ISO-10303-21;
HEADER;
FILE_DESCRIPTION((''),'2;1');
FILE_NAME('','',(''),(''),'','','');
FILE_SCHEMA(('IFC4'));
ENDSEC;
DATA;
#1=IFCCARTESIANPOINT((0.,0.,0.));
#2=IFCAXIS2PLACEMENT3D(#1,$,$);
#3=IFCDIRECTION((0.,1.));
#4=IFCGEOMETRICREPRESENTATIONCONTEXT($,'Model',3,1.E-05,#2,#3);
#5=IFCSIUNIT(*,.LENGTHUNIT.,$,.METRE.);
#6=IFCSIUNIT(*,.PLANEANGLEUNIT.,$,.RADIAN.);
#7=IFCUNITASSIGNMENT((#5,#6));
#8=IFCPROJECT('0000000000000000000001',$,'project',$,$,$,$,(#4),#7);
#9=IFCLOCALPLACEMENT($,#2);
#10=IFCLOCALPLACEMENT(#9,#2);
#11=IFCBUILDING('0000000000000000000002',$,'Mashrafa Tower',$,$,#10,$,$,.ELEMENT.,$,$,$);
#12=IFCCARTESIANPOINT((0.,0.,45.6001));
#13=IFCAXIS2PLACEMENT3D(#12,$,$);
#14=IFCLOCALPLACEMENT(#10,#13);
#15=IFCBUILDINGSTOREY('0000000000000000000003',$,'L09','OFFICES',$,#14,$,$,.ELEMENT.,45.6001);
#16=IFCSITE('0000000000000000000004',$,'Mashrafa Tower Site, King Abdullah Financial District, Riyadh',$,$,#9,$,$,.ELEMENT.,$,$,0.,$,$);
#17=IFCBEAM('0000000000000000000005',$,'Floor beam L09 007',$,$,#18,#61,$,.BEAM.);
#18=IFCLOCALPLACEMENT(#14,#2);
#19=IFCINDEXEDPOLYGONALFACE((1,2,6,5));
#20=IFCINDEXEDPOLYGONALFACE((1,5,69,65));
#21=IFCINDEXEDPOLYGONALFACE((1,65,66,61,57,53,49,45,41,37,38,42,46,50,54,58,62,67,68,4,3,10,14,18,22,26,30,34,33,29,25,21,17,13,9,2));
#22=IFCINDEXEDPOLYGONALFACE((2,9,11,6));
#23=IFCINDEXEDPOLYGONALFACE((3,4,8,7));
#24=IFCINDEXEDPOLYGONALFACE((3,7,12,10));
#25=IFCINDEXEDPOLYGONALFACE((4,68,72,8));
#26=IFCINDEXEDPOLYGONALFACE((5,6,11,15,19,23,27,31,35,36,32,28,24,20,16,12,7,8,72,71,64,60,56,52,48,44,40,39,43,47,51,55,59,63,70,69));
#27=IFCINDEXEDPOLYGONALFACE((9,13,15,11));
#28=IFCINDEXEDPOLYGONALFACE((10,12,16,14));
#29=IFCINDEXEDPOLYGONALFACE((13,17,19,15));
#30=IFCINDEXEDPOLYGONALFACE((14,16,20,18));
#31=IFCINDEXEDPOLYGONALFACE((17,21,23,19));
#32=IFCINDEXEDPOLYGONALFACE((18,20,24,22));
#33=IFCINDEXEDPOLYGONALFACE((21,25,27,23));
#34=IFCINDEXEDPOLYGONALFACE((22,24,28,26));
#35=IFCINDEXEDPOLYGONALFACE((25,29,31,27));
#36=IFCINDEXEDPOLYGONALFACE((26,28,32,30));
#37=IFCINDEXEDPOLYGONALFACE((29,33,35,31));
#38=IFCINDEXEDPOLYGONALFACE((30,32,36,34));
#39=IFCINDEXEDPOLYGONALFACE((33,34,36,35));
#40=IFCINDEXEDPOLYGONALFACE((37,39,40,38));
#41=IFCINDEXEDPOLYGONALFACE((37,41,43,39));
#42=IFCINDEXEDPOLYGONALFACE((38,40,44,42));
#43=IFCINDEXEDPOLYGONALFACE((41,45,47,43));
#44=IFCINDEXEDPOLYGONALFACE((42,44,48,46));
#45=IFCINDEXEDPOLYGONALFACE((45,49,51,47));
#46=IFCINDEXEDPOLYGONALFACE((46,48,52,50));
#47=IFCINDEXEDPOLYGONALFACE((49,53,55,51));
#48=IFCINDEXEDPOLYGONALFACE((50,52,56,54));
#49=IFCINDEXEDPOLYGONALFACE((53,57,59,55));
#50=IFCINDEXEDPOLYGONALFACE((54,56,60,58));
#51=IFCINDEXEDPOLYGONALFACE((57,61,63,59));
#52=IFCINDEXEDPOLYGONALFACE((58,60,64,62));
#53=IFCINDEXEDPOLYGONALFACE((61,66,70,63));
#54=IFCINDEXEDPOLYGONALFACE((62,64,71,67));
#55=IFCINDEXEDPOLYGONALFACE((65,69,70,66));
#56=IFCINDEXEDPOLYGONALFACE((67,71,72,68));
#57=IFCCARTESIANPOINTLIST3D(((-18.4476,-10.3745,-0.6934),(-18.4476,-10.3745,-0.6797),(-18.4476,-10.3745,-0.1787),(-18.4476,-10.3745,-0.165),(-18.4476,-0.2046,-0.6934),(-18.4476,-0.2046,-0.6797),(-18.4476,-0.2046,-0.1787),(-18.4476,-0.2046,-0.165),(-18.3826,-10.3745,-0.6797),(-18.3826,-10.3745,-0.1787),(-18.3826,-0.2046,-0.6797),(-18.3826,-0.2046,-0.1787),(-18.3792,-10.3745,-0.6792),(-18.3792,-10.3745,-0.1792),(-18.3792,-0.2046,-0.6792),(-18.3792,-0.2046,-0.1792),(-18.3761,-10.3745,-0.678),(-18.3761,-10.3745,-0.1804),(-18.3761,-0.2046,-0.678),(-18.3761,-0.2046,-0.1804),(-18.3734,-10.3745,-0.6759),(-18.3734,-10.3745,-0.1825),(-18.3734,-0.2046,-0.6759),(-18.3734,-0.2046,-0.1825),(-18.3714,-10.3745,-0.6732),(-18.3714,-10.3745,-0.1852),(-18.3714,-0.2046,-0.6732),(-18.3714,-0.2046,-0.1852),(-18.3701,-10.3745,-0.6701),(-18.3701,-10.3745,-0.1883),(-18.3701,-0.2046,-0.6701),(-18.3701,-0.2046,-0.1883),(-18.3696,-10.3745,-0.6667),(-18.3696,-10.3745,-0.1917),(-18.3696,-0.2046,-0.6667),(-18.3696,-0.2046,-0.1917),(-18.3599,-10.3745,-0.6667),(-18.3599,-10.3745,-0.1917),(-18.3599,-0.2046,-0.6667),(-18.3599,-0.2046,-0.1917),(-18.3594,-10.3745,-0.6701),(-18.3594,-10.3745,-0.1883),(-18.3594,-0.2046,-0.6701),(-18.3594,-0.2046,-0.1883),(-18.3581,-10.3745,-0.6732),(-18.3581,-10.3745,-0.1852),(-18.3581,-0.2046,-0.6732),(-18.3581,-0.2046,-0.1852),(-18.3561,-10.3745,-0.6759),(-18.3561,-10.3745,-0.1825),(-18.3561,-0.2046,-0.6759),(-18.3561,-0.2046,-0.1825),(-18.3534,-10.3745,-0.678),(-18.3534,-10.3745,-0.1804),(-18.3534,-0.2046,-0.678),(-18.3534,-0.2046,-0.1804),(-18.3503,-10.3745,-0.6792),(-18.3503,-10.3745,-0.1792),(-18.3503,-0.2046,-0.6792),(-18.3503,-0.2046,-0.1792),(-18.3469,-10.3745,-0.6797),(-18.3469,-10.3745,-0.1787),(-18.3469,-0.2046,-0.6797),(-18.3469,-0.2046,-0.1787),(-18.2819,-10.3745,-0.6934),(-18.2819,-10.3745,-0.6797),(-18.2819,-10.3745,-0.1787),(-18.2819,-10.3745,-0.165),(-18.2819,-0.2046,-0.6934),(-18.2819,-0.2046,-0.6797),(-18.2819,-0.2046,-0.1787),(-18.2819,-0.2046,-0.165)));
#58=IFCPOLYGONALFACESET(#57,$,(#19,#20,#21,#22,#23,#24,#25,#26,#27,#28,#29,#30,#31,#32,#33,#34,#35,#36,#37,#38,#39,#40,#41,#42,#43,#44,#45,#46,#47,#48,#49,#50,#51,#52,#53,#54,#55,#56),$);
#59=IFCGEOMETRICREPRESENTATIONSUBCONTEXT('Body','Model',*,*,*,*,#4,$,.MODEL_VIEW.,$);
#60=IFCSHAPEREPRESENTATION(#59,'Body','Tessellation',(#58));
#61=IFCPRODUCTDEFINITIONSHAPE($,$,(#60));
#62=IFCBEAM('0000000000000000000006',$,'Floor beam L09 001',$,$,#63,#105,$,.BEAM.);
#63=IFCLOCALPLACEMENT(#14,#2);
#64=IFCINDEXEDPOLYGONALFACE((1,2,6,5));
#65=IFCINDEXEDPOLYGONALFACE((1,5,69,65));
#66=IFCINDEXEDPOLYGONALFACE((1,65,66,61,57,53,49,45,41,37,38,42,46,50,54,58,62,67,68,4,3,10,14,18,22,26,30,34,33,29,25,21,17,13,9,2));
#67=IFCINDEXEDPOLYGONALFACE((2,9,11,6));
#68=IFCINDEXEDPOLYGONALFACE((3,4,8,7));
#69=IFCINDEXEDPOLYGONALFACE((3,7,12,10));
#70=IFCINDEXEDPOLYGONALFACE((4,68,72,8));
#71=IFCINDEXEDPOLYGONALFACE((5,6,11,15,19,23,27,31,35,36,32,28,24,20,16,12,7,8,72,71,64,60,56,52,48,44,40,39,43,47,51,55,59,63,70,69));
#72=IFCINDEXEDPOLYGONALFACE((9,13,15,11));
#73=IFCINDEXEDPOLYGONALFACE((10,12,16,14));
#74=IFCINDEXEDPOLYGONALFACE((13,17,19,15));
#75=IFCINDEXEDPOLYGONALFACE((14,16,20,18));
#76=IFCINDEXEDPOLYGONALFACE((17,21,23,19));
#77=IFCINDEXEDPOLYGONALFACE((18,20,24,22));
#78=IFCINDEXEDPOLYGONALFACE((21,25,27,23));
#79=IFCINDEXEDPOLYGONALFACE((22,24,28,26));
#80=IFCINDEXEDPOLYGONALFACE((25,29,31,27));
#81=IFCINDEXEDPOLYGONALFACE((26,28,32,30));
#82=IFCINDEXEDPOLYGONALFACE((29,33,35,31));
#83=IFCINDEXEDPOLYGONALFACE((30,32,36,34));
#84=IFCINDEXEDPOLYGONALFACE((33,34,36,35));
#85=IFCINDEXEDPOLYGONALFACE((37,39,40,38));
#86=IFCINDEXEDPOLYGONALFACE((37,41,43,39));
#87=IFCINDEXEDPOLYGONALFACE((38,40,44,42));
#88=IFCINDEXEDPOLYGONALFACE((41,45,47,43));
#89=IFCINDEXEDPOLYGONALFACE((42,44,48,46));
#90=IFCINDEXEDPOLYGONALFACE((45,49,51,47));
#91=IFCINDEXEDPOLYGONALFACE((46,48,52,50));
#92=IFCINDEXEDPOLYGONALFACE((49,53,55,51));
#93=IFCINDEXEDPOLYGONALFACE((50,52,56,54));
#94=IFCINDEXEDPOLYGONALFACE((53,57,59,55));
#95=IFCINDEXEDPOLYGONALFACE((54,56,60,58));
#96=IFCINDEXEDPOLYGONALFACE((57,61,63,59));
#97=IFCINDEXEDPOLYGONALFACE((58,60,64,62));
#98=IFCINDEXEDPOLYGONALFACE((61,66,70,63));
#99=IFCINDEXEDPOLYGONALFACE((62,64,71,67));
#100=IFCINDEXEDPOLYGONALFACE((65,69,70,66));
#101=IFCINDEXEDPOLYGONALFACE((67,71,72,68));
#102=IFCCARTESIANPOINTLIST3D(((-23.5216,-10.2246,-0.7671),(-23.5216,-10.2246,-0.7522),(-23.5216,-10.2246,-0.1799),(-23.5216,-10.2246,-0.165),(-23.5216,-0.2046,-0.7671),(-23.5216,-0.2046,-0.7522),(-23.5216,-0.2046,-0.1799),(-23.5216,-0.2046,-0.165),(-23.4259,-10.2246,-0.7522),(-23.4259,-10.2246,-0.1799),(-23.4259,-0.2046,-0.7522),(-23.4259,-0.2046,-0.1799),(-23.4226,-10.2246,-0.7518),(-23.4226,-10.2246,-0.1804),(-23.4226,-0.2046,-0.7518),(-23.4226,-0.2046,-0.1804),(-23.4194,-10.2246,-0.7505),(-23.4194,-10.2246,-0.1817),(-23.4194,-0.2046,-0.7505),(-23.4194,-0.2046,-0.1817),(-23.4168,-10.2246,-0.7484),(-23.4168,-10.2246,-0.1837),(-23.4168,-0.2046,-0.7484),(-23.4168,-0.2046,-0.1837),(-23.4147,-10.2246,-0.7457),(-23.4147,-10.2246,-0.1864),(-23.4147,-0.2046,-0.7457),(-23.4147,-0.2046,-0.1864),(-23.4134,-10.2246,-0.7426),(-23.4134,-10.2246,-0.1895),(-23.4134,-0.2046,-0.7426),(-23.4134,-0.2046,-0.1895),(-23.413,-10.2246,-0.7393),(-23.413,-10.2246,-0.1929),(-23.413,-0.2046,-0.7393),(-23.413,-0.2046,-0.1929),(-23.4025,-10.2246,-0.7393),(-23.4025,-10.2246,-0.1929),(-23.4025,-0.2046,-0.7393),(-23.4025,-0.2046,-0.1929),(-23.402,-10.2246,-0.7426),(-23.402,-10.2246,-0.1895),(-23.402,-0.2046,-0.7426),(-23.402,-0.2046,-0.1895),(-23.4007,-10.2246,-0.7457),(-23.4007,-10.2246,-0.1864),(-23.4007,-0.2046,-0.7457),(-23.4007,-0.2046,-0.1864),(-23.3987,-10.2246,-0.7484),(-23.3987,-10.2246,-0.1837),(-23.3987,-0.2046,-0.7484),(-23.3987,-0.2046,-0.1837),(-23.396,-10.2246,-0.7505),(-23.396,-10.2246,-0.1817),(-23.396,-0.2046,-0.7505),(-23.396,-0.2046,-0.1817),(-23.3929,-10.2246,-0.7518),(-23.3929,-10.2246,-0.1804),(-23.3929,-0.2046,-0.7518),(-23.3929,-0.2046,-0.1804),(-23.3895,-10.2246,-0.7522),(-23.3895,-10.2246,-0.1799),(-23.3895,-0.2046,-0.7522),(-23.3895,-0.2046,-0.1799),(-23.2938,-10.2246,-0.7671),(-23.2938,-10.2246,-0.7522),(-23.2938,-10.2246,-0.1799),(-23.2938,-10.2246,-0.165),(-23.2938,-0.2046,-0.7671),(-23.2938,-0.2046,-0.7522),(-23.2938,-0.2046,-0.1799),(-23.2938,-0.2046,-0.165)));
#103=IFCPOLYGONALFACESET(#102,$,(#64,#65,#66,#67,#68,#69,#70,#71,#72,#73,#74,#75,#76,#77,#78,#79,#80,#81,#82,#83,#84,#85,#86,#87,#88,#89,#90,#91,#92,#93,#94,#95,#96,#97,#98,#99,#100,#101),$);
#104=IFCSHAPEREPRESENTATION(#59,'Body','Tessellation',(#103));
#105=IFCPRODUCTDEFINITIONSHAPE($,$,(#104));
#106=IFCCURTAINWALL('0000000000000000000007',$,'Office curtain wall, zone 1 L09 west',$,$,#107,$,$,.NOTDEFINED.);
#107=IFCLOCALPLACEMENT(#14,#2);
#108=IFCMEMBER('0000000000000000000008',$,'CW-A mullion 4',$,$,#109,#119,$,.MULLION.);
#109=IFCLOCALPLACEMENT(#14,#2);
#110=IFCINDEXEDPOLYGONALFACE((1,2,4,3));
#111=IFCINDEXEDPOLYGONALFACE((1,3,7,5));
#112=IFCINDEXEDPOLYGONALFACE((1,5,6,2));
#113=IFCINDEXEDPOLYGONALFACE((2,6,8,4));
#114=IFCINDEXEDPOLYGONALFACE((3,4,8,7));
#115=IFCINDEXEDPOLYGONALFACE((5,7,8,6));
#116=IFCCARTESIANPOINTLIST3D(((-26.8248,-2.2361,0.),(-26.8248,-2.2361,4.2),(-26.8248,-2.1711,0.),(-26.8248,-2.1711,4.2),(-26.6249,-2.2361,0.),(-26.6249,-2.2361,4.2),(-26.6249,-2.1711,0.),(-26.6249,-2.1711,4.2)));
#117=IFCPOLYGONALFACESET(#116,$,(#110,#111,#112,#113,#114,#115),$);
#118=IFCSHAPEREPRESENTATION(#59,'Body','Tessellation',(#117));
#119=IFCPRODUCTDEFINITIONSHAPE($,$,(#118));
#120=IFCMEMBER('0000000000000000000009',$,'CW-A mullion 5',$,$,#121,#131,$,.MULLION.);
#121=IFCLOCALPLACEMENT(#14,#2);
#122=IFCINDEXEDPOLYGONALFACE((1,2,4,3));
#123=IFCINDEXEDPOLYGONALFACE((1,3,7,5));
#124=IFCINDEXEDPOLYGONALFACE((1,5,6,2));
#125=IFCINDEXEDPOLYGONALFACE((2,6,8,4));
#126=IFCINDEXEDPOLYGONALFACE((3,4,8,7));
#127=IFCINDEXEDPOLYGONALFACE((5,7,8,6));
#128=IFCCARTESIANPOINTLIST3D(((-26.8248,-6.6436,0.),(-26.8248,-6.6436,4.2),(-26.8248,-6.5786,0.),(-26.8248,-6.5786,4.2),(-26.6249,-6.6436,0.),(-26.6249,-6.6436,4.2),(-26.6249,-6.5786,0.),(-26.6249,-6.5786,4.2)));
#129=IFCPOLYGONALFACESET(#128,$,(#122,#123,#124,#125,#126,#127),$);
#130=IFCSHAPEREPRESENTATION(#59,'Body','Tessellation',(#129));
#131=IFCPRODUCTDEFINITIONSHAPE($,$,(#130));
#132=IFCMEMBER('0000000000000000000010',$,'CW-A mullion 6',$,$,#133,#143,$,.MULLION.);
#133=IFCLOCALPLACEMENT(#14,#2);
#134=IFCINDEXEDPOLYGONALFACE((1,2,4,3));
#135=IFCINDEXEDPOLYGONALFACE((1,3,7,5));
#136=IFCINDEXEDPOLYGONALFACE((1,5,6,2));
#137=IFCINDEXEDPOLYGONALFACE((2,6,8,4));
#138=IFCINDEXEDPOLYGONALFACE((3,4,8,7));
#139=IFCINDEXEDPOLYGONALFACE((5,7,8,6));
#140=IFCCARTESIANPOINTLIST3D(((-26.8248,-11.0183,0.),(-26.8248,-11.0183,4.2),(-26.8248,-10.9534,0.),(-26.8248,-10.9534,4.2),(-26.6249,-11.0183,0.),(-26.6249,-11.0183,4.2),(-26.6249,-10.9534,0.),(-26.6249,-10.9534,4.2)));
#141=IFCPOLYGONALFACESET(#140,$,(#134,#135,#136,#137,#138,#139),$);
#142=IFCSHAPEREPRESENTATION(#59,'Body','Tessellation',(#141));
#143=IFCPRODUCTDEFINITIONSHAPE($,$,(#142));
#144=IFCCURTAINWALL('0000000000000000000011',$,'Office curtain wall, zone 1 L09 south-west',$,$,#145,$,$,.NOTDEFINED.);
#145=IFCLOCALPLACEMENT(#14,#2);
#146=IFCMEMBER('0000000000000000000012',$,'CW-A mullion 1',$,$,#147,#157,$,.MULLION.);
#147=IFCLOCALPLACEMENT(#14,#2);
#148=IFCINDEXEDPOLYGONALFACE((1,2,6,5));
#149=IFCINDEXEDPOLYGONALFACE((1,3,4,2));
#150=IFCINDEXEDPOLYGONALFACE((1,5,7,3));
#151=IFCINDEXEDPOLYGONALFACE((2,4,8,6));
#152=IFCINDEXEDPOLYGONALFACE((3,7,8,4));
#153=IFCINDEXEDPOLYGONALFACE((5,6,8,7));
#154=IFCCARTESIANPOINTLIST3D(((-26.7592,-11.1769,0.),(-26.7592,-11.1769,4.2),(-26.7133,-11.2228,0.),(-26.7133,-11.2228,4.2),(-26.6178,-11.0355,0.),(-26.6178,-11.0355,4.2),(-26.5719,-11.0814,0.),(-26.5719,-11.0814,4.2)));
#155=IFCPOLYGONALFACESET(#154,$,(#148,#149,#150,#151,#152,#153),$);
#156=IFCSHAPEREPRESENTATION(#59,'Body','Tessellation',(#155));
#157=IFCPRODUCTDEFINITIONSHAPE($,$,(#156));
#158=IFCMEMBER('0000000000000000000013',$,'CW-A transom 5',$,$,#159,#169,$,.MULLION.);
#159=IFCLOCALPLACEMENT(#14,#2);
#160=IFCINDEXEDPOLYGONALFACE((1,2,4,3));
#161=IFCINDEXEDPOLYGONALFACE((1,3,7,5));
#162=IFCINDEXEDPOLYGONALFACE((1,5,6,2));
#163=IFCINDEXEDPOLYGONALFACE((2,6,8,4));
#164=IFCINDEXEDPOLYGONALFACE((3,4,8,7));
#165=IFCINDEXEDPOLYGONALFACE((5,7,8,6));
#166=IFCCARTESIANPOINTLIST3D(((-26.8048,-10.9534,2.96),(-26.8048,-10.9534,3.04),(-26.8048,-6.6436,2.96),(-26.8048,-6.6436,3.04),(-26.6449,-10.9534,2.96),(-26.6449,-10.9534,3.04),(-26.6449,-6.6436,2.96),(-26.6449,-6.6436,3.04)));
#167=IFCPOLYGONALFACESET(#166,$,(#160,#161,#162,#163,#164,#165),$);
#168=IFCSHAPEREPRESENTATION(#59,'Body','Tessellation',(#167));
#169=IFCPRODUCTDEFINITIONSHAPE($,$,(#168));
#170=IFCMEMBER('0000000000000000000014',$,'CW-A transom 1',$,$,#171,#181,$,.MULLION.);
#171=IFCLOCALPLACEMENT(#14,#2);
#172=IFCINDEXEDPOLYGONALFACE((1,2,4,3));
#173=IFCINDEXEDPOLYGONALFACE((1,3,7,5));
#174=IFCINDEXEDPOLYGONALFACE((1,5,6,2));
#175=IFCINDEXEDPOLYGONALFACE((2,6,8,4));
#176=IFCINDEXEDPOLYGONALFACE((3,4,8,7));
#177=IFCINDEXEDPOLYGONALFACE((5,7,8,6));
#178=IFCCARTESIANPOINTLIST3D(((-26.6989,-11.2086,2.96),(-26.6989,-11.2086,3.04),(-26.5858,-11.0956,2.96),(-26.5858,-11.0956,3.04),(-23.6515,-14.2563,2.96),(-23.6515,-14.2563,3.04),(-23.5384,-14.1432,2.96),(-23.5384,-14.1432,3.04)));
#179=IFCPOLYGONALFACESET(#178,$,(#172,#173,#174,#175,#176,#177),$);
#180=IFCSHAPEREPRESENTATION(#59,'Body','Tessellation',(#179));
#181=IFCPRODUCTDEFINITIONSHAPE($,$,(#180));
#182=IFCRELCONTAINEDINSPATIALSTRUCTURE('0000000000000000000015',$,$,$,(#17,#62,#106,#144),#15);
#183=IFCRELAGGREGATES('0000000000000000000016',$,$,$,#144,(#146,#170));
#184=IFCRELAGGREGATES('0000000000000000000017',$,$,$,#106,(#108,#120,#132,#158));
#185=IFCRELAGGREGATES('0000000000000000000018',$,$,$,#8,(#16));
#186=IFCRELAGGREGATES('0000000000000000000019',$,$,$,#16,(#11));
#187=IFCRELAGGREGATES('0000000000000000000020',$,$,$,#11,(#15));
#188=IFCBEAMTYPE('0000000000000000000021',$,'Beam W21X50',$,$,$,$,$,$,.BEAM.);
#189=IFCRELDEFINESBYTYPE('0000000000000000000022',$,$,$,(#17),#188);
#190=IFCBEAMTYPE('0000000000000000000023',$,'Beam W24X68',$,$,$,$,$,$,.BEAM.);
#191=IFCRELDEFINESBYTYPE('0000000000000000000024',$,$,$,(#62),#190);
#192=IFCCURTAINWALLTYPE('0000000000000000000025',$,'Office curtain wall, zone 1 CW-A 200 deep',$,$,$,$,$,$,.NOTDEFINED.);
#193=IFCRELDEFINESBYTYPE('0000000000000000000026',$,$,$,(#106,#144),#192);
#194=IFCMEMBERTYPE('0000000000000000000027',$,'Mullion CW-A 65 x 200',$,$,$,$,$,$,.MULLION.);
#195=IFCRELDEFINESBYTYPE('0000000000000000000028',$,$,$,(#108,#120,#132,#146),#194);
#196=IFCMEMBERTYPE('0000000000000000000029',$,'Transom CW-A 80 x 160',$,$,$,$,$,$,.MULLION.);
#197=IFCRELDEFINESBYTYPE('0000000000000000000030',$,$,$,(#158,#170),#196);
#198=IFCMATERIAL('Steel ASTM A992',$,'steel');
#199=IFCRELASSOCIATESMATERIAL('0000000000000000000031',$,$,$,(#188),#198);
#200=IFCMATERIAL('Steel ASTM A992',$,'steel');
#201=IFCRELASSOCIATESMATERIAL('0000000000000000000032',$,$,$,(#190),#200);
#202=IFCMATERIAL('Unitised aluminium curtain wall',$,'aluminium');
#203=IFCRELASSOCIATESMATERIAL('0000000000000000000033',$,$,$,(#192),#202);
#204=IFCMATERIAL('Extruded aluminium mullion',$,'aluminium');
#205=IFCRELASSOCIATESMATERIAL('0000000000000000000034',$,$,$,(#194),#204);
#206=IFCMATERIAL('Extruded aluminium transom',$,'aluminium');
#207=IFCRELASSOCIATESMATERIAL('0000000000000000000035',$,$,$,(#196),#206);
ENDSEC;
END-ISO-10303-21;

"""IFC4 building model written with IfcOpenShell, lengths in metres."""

from ifc_helpers import new_model, si_unit, direction, frame, origin, origin_2d, place, context, subcontext, project, spatial, rectangle, i_section, extrude, source, transform, mapped, material, material_profile, profile_set, type_object, type_shapes, element, aggregate, save


model = new_model("IFC4")

# Units and contexts
model_context = context("Model", 3, precision=1e-05, world=origin(), true_north=direction((0.0, 1.0)))
body_context = subcontext(model_context, "Body", "Model", "MODEL_VIEW")
ifc_project = project(units=[si_unit("LENGTHUNIT", "METRE"), si_unit("PLANEANGLEUNIT", "RADIAN")], contexts=[model_context])

# Site, building, storey
site_placement = place(None, origin())
site = spatial("IfcSite", under=ifc_project, at=site_placement, Name="Mashrafa Tower Site, King Abdullah Financial District, Riyadh", CompositionType="ELEMENT", RefElevation=0.0)
building_placement = place(site_placement, origin())
building = spatial("IfcBuilding", under=site, at=building_placement, Name="Mashrafa Tower", CompositionType="ELEMENT")
storey_placement = place(building_placement, frame((0.0, 0.0, 45.6001)))
storey = spatial("IfcBuildingStorey", under=building, at=storey_placement, Name="L09", Description="OFFICES", CompositionType="ELEMENT", Elevation=45.6001)

# Beams
ifc_material_1 = material(Name="Steel ASTM A992", Category="steel")
ifc_material_profile_1 = material_profile(ifc_material_1, i_section(OverallWidth=0.1658, OverallDepth=0.5283, WebThickness=0.0098, FlangeThickness=0.0137, FilletRadius=0.0129, at=origin_2d()), Name="W21X50")
ifc_profile_set_1 = profile_set([ifc_material_profile_1], Name="Steel ASTM A992")
beam_type_1 = type_object("IfcBeamType", Name="Beam W21X50", PredefinedType="BEAM", material=ifc_profile_set_1)
beam_1_placement = place(storey_placement, frame((-18.3647, -10.3745, -0.4292), z_axis=(0.0, 1.0, 0.0), x_axis=(-1.0, 0.0, 0.0)))
element("IfcBeam", 1, at=beam_1_placement, inside=storey, type_object=beam_type_1, Name="Floor beam L09 007", PredefinedType="BEAM", context=body_context, shape_type="SweptSolid", body=[
    extrude(i_section(OverallWidth=0.1658, OverallDepth=0.5283, WebThickness=0.0098, FlangeThickness=0.0137, FilletRadius=0.0129, at=origin_2d()), origin(), (0.0, 0.0, 1.0), 10.1699),
])
ifc_material_2 = material(Name="Steel ASTM A992", Category="steel")
ifc_material_profile_2 = material_profile(ifc_material_2, i_section(OverallWidth=0.2278, OverallDepth=0.6021, WebThickness=0.0105, FlangeThickness=0.0149, FilletRadius=0.0129, at=origin_2d()), Name="W24X68")
ifc_profile_set_2 = profile_set([ifc_material_profile_2], Name="Steel ASTM A992")
beam_type_2 = type_object("IfcBeamType", Name="Beam W24X68", PredefinedType="BEAM", material=ifc_profile_set_2)
beam_2_placement = place(storey_placement, frame((-23.4077, -10.2246, -0.4661), z_axis=(0.0, 1.0, 0.0), x_axis=(-1.0, 0.0, 0.0)))
element("IfcBeam", 2, at=beam_2_placement, inside=storey, type_object=beam_type_2, Name="Floor beam L09 001", PredefinedType="BEAM", context=body_context, shape_type="SweptSolid", body=[
    extrude(i_section(OverallWidth=0.2278, OverallDepth=0.6021, WebThickness=0.0105, FlangeThickness=0.0149, FilletRadius=0.0129, at=origin_2d()), origin(), (0.0, 0.0, 1.0), 10.02),
])

# Curtain wall, members
ifc_material_3 = material(Name="Unitised aluminium curtain wall", Category="aluminium")
curtain_wall_type = type_object("IfcCurtainWallType", Name="Office curtain wall, zone 1 CW-A 200 deep", PredefinedType="NOTDEFINED", material=ifc_material_3)
curtain_wall_1_placement = place(storey_placement, origin())
curtain_wall_1 = element("IfcCurtainWall", 3, at=curtain_wall_1_placement, inside=storey, type_object=curtain_wall_type, Name="Office curtain wall, zone 1 L09 west", PredefinedType="NOTDEFINED")
ifc_material_4 = material(Name="Extruded aluminium mullion", Category="aluminium")
ifc_material_profile_3 = material_profile(ifc_material_4, rectangle(XDim=0.2, YDim=0.0649, at=origin_2d()), Name="Mullion 65x200")
ifc_profile_set_3 = profile_set([ifc_material_profile_3], Name="Extruded aluminium mullion")
member_type_1 = type_object("IfcMemberType", Name="Mullion CW-A 65 x 200", PredefinedType="MULLION", material=ifc_profile_set_3)
shared_shape_1 = source(origin(), body_context, "Body", "SweptSolid", [
    extrude(rectangle(XDim=0.2, YDim=0.0649, at=origin_2d()), origin(), (0.0, 0.0, 1.0), 4.2),
])
type_shapes(member_type_1, [shared_shape_1])
member_1_placement = place(storey_placement, frame((-26.7249, -2.2036, 0.0), z_axis=(0.0, 0.0, 1.0), x_axis=(1.0, 0.0, 0.0)))
member_1 = element("IfcMember", 4, at=member_1_placement, type_object=member_type_1, Name="CW-A mullion 4", PredefinedType="MULLION", context=body_context, shape_type="MappedRepresentation", body=[
    mapped(shared_shape_1, transform((0.0, 0.0, 0.0))),
])
member_2_placement = place(storey_placement, frame((-26.7249, -6.6111, 0.0), z_axis=(0.0, 0.0, 1.0), x_axis=(1.0, 0.0, 0.0)))
member_2 = element("IfcMember", 5, at=member_2_placement, type_object=member_type_1, Name="CW-A mullion 5", PredefinedType="MULLION", context=body_context, shape_type="MappedRepresentation", body=[
    mapped(shared_shape_1, transform((0.0, 0.0, 0.0))),
])
member_3_placement = place(storey_placement, frame((-26.7249, -10.9858, 0.0), z_axis=(0.0, 0.0, 1.0), x_axis=(1.0, 0.0, 0.0)))
member_3 = element("IfcMember", 6, at=member_3_placement, type_object=member_type_1, Name="CW-A mullion 6", PredefinedType="MULLION", context=body_context, shape_type="MappedRepresentation", body=[
    mapped(shared_shape_1, transform((0.0, 0.0, 0.0))),
])

# Curtain wall, member
curtain_wall_2_placement = place(storey_placement, origin())
curtain_wall_2 = element("IfcCurtainWall", 7, at=curtain_wall_2_placement, inside=storey, type_object=curtain_wall_type, Name="Office curtain wall, zone 1 L09 south-west", PredefinedType="NOTDEFINED")
member_4_placement = place(storey_placement, frame((-26.6655, -11.1292, 0.0), z_axis=(0.0, 0.0, 1.0), x_axis=(0.707107, 0.707107, 0.0)))
member_4 = element("IfcMember", 8, at=member_4_placement, type_object=member_type_1, Name="CW-A mullion 1", PredefinedType="MULLION", context=body_context, shape_type="MappedRepresentation", body=[
    mapped(shared_shape_1, transform((0.0, 0.0, 0.0))),
])

# Members
ifc_material_5 = material(Name="Extruded aluminium transom", Category="aluminium")
ifc_material_profile_4 = material_profile(ifc_material_5, rectangle(XDim=0.1599, YDim=0.0801, at=origin_2d()), Name="Transom 80x160")
ifc_profile_set_4 = profile_set([ifc_material_profile_4], Name="Extruded aluminium transom")
member_type_2 = type_object("IfcMemberType", Name="Transom CW-A 80 x 160", PredefinedType="MULLION", material=ifc_profile_set_4)
shared_shape_2 = source(origin(), body_context, "Body", "SweptSolid", [
    extrude(rectangle(XDim=0.1599, YDim=0.0801, at=origin_2d()), origin(), (0.0, 0.0, 1.0), 4.3098),
])
member_5_placement = place(storey_placement, frame((-26.7249, -6.6436, 3.0), z_axis=(0.0, -1.0, 0.0), x_axis=(1.0, 0.0, 0.0)))
member_5 = element("IfcMember", 9, at=member_5_placement, type_object=member_type_2, Name="CW-A transom 5", PredefinedType="MULLION", context=body_context, shape_type="MappedRepresentation", body=[
    mapped(shared_shape_2, transform((0.0, 0.0, 0.0))),
])
member_6_placement = place(storey_placement, frame((-26.6423, -11.1521, 3.0), z_axis=(0.707078, -0.707135, 0.0), x_axis=(0.707135, 0.707078, 0.0)))
member_6 = element("IfcMember", 10, at=member_6_placement, type_object=member_type_2, Name="CW-A transom 1", PredefinedType="MULLION", context=body_context, shape_type="MappedRepresentation", body=[
    mapped(shared_shape_2, transform((0.0, 0.0, 0.0))),
])
aggregate(curtain_wall_2, [member_4, member_6])

aggregate(curtain_wall_1, [member_1, member_2, member_3, member_5])

save(model, "model.ifc")
